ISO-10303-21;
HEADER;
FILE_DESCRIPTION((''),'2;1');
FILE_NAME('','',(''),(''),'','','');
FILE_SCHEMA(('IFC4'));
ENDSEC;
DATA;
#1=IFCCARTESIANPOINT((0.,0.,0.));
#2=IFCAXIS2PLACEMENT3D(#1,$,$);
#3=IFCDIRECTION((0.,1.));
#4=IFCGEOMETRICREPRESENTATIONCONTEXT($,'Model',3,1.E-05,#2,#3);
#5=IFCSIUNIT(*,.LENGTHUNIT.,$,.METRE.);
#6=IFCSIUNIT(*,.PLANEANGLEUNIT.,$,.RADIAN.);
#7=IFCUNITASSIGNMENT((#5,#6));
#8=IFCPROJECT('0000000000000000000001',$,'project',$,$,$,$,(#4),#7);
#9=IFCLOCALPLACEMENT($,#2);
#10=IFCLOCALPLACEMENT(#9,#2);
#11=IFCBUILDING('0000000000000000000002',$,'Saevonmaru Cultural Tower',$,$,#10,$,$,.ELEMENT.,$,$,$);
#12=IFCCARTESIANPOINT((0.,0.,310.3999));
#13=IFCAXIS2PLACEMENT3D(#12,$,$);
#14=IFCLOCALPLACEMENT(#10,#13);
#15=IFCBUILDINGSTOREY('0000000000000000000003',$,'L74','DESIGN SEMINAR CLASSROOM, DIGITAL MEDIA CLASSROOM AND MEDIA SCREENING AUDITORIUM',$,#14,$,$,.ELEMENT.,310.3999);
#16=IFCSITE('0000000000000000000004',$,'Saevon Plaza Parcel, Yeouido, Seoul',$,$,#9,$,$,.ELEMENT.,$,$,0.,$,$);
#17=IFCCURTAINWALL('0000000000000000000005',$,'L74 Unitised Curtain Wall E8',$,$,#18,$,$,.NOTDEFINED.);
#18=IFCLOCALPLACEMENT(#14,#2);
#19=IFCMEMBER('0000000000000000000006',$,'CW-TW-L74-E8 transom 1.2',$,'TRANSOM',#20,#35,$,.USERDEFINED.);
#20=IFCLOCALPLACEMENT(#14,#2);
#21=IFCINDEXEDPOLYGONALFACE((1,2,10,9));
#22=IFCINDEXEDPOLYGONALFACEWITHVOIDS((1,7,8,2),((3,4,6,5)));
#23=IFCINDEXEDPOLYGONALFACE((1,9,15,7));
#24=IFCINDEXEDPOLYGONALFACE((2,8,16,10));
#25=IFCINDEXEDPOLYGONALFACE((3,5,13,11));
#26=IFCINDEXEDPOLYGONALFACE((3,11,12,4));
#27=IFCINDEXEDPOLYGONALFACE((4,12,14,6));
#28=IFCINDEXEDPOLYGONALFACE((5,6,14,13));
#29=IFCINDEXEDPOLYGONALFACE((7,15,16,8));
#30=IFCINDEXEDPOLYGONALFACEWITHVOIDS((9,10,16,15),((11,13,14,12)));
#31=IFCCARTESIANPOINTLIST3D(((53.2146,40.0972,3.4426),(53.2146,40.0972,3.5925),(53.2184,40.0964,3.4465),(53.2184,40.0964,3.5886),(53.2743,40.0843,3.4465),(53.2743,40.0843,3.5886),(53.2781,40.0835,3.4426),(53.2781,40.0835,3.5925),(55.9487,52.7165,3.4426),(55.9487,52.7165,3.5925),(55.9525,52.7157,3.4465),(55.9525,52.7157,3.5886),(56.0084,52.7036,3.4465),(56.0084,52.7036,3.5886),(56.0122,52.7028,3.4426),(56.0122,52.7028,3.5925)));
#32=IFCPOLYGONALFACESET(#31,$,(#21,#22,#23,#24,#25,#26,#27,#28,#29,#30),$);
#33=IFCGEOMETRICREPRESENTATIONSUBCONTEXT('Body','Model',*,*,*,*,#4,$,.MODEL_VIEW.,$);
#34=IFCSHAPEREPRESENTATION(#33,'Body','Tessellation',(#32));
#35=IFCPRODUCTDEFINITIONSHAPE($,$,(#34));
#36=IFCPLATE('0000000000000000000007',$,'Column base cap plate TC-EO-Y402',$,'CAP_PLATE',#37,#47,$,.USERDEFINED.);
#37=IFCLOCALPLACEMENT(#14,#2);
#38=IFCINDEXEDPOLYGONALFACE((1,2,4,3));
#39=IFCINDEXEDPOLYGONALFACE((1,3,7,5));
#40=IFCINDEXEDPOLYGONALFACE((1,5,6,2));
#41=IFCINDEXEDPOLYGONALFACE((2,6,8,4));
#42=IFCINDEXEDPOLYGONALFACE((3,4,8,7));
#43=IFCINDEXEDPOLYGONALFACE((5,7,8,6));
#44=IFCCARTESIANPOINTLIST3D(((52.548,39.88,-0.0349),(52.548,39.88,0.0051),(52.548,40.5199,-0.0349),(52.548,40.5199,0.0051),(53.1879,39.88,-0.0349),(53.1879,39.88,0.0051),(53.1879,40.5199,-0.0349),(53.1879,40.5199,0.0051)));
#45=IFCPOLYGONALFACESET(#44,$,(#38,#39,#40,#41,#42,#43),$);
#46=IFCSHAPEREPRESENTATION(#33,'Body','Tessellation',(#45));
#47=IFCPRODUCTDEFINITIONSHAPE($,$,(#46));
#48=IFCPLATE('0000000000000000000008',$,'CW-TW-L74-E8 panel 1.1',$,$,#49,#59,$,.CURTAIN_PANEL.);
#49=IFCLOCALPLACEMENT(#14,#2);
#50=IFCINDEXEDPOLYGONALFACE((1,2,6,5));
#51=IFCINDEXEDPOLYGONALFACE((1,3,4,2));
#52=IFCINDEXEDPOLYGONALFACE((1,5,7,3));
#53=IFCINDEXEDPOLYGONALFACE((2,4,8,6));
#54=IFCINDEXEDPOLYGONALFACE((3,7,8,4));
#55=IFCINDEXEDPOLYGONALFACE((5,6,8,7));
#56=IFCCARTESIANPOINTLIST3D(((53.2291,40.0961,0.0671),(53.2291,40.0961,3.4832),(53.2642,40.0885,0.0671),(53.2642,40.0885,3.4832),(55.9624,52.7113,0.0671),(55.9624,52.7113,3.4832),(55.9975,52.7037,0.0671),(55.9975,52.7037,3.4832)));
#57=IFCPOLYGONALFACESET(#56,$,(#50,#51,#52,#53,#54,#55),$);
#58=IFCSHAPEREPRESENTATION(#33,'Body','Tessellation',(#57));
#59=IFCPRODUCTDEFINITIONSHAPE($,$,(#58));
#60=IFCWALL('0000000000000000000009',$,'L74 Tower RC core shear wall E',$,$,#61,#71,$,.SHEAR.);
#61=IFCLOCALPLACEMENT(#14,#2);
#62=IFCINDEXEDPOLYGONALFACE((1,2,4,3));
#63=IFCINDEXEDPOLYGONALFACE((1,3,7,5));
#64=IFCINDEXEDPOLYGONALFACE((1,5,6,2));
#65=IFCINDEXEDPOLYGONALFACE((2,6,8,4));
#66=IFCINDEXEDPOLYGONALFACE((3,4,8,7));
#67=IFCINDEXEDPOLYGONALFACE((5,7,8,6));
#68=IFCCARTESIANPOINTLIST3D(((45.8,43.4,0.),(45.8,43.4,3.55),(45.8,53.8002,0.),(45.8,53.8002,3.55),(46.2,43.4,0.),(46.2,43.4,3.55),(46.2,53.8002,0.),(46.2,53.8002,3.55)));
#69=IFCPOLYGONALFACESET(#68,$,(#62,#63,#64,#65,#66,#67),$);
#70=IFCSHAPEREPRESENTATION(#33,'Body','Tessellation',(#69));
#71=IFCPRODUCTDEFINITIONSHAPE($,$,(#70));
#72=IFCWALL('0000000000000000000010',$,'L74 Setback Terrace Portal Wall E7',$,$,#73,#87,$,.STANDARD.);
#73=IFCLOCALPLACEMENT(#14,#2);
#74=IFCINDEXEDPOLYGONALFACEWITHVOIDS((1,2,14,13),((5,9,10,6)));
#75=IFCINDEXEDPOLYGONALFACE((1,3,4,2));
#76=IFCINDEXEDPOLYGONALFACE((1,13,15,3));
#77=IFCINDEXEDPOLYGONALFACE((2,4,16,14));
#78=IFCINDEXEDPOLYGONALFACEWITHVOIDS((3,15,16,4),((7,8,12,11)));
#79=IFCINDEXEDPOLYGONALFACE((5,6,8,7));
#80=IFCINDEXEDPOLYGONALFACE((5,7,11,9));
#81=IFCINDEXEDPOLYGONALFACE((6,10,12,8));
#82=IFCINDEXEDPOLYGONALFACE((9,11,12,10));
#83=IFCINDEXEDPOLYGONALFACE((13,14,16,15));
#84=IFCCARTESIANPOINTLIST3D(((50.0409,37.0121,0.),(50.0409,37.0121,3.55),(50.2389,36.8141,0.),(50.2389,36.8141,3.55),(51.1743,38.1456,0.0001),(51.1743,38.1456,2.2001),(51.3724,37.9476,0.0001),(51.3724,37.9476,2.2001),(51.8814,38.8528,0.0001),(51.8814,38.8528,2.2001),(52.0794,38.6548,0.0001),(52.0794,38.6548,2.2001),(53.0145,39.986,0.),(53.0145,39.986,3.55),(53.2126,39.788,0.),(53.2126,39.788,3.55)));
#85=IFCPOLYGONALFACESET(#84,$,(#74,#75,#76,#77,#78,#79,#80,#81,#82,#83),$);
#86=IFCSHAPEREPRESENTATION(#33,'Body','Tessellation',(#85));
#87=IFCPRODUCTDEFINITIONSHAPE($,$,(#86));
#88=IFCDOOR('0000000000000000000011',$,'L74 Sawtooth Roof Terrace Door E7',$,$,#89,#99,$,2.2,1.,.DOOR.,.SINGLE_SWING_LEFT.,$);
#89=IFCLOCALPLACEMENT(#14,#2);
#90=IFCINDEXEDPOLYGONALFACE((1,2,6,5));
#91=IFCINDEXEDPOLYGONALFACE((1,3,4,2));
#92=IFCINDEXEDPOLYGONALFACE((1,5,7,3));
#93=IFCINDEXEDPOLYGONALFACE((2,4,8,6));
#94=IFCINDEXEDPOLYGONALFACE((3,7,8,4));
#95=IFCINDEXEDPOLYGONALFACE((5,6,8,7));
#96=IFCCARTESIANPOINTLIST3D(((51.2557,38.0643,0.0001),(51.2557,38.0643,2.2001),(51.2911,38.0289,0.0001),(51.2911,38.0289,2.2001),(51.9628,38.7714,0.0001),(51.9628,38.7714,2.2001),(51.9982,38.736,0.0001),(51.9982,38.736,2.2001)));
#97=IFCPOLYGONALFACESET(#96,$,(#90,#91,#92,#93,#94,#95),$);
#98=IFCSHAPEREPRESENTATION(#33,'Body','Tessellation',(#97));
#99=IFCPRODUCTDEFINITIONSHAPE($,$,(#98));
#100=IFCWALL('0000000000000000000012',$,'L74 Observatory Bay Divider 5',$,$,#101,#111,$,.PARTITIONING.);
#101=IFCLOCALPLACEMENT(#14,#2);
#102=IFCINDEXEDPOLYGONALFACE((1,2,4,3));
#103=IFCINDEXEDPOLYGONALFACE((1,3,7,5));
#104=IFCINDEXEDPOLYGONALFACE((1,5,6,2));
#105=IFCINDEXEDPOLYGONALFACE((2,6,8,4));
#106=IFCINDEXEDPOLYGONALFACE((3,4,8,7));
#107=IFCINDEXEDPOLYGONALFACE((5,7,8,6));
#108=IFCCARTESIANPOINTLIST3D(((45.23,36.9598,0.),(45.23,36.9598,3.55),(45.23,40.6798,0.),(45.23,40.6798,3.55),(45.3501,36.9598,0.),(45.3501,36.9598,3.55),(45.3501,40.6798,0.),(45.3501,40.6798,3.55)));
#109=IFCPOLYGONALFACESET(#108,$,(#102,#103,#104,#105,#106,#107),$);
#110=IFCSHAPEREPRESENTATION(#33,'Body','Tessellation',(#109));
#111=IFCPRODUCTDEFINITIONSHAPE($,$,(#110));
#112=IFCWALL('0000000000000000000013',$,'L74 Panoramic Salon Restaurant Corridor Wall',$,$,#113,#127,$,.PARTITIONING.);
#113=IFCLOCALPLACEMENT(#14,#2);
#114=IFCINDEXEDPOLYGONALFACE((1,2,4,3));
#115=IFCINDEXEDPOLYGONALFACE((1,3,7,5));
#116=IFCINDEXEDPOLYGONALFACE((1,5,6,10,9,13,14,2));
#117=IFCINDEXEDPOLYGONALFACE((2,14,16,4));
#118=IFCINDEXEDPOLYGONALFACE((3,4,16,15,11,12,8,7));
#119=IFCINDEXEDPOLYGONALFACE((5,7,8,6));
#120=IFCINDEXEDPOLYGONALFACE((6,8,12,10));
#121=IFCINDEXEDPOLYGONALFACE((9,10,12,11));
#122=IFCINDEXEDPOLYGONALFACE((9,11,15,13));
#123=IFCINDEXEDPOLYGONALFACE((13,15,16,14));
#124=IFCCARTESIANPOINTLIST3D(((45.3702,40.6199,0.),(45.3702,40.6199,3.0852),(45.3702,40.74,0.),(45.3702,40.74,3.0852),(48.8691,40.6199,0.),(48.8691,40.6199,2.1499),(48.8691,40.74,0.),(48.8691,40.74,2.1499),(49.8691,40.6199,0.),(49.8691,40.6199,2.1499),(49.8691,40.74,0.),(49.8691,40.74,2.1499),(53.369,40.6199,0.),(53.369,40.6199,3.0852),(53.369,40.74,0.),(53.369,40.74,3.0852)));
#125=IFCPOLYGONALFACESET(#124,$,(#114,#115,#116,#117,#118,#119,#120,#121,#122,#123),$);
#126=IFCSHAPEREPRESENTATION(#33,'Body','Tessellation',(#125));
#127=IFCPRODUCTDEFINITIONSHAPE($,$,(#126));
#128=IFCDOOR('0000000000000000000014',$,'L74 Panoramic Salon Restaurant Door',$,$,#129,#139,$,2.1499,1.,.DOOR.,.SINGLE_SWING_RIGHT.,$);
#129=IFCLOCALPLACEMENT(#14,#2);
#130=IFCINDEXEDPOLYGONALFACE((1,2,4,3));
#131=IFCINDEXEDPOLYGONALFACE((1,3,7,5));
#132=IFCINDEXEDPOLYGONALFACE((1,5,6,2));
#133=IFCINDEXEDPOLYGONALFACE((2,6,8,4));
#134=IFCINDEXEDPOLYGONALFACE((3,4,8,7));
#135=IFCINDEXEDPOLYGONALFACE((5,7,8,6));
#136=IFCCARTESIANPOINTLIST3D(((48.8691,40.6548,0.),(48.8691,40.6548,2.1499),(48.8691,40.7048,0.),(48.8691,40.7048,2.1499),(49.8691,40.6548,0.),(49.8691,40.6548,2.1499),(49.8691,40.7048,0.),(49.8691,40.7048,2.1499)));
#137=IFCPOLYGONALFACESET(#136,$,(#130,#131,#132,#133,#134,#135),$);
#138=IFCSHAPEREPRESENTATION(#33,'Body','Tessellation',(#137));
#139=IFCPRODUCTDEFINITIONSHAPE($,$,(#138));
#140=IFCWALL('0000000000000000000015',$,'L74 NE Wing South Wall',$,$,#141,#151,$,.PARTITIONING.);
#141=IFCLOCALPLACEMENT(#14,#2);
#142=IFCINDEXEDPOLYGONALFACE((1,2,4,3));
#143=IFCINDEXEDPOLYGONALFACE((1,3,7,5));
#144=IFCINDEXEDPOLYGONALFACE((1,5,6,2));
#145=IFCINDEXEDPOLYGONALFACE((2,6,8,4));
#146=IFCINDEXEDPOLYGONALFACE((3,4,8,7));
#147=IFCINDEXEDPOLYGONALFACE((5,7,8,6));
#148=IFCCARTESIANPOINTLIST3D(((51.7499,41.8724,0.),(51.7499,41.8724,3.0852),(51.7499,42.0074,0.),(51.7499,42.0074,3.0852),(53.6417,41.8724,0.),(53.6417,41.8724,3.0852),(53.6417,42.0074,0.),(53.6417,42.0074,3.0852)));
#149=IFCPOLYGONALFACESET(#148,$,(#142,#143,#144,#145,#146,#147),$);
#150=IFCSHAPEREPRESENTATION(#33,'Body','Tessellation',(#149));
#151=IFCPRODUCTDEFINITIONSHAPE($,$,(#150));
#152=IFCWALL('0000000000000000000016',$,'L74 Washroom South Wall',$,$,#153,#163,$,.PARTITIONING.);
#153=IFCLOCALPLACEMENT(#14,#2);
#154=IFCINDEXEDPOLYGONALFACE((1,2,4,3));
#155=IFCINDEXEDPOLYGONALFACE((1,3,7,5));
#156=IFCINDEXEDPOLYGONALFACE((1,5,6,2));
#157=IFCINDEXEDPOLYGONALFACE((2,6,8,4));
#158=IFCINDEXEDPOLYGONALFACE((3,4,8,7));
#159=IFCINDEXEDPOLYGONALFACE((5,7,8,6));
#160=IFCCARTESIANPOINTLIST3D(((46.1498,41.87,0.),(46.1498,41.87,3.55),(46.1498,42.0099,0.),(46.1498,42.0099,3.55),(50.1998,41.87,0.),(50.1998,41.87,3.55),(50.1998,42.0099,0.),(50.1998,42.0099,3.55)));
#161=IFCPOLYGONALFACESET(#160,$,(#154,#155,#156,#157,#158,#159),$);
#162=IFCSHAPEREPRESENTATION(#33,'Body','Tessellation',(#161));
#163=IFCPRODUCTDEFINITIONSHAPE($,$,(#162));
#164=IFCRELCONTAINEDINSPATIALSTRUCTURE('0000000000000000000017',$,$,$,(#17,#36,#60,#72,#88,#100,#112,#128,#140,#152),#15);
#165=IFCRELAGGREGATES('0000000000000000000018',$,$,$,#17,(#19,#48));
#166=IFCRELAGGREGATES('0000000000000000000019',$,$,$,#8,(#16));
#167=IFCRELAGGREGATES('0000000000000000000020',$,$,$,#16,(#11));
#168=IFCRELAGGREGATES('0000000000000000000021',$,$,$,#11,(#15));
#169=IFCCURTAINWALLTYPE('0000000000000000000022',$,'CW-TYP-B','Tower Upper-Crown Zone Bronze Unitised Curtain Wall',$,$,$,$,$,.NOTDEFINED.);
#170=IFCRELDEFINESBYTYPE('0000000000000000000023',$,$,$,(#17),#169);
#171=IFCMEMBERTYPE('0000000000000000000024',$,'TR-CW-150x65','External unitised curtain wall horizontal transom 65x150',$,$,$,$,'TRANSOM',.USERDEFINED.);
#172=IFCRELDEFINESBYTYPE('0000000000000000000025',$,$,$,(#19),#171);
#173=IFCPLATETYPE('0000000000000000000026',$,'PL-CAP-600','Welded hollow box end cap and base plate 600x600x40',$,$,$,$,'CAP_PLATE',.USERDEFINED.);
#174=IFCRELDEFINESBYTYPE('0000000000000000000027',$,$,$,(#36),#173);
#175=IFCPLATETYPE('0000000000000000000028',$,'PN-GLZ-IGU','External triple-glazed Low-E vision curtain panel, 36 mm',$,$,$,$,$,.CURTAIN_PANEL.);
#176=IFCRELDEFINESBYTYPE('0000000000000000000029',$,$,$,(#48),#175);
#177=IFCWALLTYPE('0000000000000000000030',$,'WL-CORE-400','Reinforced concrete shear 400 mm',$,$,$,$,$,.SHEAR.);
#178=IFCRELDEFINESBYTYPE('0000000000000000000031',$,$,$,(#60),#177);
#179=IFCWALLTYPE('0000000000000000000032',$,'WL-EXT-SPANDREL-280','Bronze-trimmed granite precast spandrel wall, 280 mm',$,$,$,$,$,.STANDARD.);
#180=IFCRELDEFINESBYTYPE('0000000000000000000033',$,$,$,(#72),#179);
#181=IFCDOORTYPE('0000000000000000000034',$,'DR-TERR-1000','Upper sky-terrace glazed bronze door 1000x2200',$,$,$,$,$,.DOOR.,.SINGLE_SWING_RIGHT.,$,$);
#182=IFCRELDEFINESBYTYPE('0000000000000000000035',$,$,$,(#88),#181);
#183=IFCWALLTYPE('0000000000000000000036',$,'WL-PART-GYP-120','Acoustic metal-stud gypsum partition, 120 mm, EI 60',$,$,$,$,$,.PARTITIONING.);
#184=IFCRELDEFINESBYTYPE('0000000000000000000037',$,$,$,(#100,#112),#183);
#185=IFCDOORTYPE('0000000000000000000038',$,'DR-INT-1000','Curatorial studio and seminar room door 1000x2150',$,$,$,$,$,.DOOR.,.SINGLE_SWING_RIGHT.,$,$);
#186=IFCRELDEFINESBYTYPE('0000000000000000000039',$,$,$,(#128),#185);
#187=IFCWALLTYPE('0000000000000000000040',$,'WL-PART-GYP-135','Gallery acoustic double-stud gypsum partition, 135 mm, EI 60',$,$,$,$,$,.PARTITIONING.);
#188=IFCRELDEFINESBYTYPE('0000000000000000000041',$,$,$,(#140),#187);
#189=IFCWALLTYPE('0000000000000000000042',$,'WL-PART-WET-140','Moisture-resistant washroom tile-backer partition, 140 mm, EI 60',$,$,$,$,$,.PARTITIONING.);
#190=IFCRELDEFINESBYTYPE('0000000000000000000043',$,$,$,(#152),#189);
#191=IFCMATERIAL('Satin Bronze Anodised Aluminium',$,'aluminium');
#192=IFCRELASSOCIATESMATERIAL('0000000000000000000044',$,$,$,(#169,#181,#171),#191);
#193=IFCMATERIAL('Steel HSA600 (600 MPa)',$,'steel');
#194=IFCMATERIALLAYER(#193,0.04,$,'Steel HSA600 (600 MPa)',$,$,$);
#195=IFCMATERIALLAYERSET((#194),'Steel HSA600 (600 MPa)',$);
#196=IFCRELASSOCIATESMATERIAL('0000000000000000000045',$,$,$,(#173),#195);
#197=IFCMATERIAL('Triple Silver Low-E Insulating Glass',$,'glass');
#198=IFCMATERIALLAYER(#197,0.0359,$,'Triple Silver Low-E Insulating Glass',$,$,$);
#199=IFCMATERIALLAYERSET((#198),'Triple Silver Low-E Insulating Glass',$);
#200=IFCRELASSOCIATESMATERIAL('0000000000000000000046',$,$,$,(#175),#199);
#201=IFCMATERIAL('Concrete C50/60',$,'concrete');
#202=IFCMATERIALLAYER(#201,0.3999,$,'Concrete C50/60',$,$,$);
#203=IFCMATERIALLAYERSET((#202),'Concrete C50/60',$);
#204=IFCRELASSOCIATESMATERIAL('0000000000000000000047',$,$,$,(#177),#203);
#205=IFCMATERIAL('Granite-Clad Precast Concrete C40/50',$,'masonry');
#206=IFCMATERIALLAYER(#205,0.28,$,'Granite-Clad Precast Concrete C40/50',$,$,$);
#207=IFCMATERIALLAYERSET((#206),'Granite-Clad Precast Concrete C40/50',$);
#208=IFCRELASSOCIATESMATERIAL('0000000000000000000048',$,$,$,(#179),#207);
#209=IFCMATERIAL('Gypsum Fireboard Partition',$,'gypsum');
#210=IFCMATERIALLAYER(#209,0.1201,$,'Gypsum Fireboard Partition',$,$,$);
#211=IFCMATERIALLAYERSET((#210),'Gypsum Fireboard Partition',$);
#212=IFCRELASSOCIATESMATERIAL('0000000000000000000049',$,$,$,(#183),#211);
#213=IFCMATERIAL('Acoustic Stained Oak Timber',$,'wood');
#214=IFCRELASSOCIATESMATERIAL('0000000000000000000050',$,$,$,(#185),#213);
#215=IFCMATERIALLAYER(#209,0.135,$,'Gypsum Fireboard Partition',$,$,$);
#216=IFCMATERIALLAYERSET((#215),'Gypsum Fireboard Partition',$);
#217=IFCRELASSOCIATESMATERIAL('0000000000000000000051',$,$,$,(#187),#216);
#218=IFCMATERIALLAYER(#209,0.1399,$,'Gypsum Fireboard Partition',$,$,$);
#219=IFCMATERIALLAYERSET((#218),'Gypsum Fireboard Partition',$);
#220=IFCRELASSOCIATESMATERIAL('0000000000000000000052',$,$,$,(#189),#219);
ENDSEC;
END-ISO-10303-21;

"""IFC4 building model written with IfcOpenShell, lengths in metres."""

from ifc_helpers import new_model, si_unit, direction, frame, frame_2d, origin, origin_2d, place, context, subcontext, project, spatial, rectangle, hollow_rectangle, extrude, material, layer, layer_set, material_profile, profile_set, type_object, element, fill, aggregate, save


model = new_model("IFC4")

# Units and contexts
model_context = context("Model", 3, precision=1e-05, world=origin(), true_north=direction((0.0, 1.0)))
body_context = subcontext(model_context, "Body", "Model", "MODEL_VIEW")
ifc_project = project(units=[si_unit("LENGTHUNIT", "METRE"), si_unit("PLANEANGLEUNIT", "RADIAN")], contexts=[model_context])

# Site, building, storey
site_placement = place(None, origin())
site = spatial("IfcSite", under=ifc_project, at=site_placement, Name="Saevon Plaza Parcel, Yeouido, Seoul", CompositionType="ELEMENT", RefElevation=0.0)
building_placement = place(site_placement, origin())
building = spatial("IfcBuilding", under=site, at=building_placement, Name="Saevonmaru Cultural Tower", CompositionType="ELEMENT")
storey_placement = place(building_placement, frame((0.0, 0.0, 310.3999)))
storey = spatial("IfcBuildingStorey", under=building, at=storey_placement, Name="L74", Description="DESIGN SEMINAR CLASSROOM, DIGITAL MEDIA CLASSROOM AND MEDIA SCREENING AUDITORIUM", CompositionType="ELEMENT", Elevation=310.3999)

# Curtain wall, member
ifc_material_1 = material(Name="Satin Bronze Anodised Aluminium", Category="aluminium")
curtain_wall_type = type_object("IfcCurtainWallType", Name="CW-TYP-B", Description="Tower Upper-Crown Zone Bronze Unitised Curtain Wall", PredefinedType="NOTDEFINED", material=ifc_material_1)
curtain_wall_placement = place(storey_placement, origin())
curtain_wall = element("IfcCurtainWall", 1, at=curtain_wall_placement, inside=storey, type_object=curtain_wall_type, Name="L74 Unitised Curtain Wall E8", PredefinedType="NOTDEFINED")
ifc_material_profile_1 = material_profile(ifc_material_1, hollow_rectangle(XDim=0.0649, YDim=0.1499, WallThickness=0.0039, at=origin_2d()), Name="ALU-TRAN-150x65x4")
ifc_profile_set_1 = profile_set([ifc_material_profile_1], Name="Satin Bronze Anodised Aluminium")
member_type_1 = type_object("IfcMemberType", Name="TR-CW-150x65", Description="External unitised curtain wall horizontal transom 65x150", ElementType="TRANSOM", PredefinedType="USERDEFINED", material=ifc_profile_set_1)
member_1_placement = place(storey_placement, frame((53.2463, 40.0903, 3.5176), z_axis=(0.211748, 0.977324, 0.0), x_axis=(-0.977324, 0.211748, 0.0)))
member_1 = element("IfcMember", 2, at=member_1_placement, type_object=member_type_1, Name="CW-TW-L74-E8 transom 1.2", ObjectType="TRANSOM", PredefinedType="USERDEFINED", context=body_context, shape_type="SweptSolid", body=[
    extrude(hollow_rectangle(XDim=0.0649, YDim=0.1499, WallThickness=0.0039, at=origin_2d()), origin(), (0.0, 0.0, 1.0), 12.9121),
])

# Plates
ifc_material_2 = material(Name="Steel HSA600 (600 MPa)", Category="steel")
ifc_layer_1 = layer(ifc_material_2, 0.04, Name="Steel HSA600 (600 MPa)")
ifc_layer_set_1 = layer_set([ifc_layer_1], Name="Steel HSA600 (600 MPa)")
plate_type_1 = type_object("IfcPlateType", Name="PL-CAP-600", Description="Welded hollow box end cap and base plate 600x600x40", ElementType="CAP_PLATE", PredefinedType="USERDEFINED", material=ifc_layer_set_1)
plate_1_placement = place(storey_placement, frame((52.8679, 40.2, -0.0349), z_axis=(0.0, 0.0, 1.0), x_axis=(1.0, 0.0, 0.0)))
element("IfcPlate", 3, at=plate_1_placement, inside=storey, type_object=plate_type_1, Name="Column base cap plate TC-EO-Y402", ObjectType="CAP_PLATE", PredefinedType="USERDEFINED", context=body_context, shape_type="SweptSolid", body=[
    extrude(rectangle(XDim=0.6399, YDim=0.6399, at=origin_2d()), origin(), (0.0, 0.0, 1.0), 0.04),
])
ifc_material_3 = material(Name="Triple Silver Low-E Insulating Glass", Category="glass")
ifc_layer_2 = layer(ifc_material_3, 0.0359, Name="Triple Silver Low-E Insulating Glass")
ifc_layer_set_2 = layer_set([ifc_layer_2], Name="Triple Silver Low-E Insulating Glass")
plate_type_2 = type_object("IfcPlateType", Name="PN-GLZ-IGU", Description="External triple-glazed Low-E vision curtain panel, 36 mm", PredefinedType="CURTAIN_PANEL", material=ifc_layer_set_2)
plate_2_placement = place(storey_placement, frame((54.6133, 46.3999, 0.0671), z_axis=(0.0, 0.0, 1.0), x_axis=(0.21175, 0.977324, 0.0)))
plate_2 = element("IfcPlate", 4, at=plate_2_placement, type_object=plate_type_2, Name="CW-TW-L74-E8 panel 1.1", PredefinedType="CURTAIN_PANEL", context=body_context, shape_type="SweptSolid", body=[
    extrude(rectangle(XDim=12.908, YDim=0.0359, at=origin_2d()), origin(), (0.0, 0.0, 1.0), 3.416),
])
aggregate(curtain_wall, [member_1, plate_2])

# Wall
ifc_material_4 = material(Name="Concrete C50/60", Category="concrete")
ifc_layer_3 = layer(ifc_material_4, 0.3999, Name="Concrete C50/60")
ifc_layer_set_3 = layer_set([ifc_layer_3], Name="Concrete C50/60")
wall_type_1 = type_object("IfcWallType", Name="WL-CORE-400", Description="Reinforced concrete shear 400 mm", PredefinedType="SHEAR", material=ifc_layer_set_3)
wall_1_placement = place(storey_placement, frame((46.0, 43.3999, 0.0), z_axis=(0.0, 0.0, 1.0), x_axis=(0.0, 1.0, 0.0)))
element("IfcWall", 5, at=wall_1_placement, inside=storey, type_object=wall_type_1, Name="L74 Tower RC core shear wall E", PredefinedType="SHEAR", context=body_context, shape_type="SweptSolid", body=[
    extrude(rectangle(XDim=10.4001, YDim=0.3999, at=frame_2d((5.2002, 0.0))), origin(), (0.0, 0.0, 1.0), 3.55),
])

# Wall, opening, door
ifc_material_5 = material(Name="Granite-Clad Precast Concrete C40/50", Category="masonry")
ifc_layer_4 = layer(ifc_material_5, 0.28, Name="Granite-Clad Precast Concrete C40/50")
ifc_layer_set_4 = layer_set([ifc_layer_4], Name="Granite-Clad Precast Concrete C40/50")
wall_type_2 = type_object("IfcWallType", Name="WL-EXT-SPANDREL-280", Description="Bronze-trimmed granite precast spandrel wall, 280 mm", PredefinedType="STANDARD", material=ifc_layer_set_4)
wall_2_placement = place(storey_placement, frame((50.1399, 36.9131, 0.0), z_axis=(0.0, 0.0, 1.0), x_axis=(0.707078, 0.707136, 0.0)))
wall_2 = element("IfcWall", 6, at=wall_2_placement, inside=storey, type_object=wall_type_2, Name="L74 Setback Terrace Portal Wall E7", PredefinedType="STANDARD", context=body_context, shape_type="SweptSolid", body=[
    extrude(rectangle(XDim=4.2056, YDim=0.28, at=frame_2d((2.1028, 0.0))), origin(), (0.0, 0.0, 1.0), 3.55),
])
opening_1_placement = place(wall_2_placement, frame((1.603, 0.0, 0.0)))
opening_1 = element("IfcOpeningElement", 7, at=opening_1_placement, cuts=wall_2, PredefinedType="OPENING", context=body_context, shape_type="SweptSolid", body=[
    extrude(rectangle(XDim=1.0, YDim=2.2, at=frame_2d((0.5, 1.1001))), frame((0.0, 0.1499, 0.0), z_axis=(0.0, -1.0, 0.0), x_axis=(1.0, 0.0, 0.0)), (0.0, 0.0, 1.0), 0.3),
])
door_type_1 = type_object("IfcDoorType", Name="DR-TERR-1000", Description="Upper sky-terrace glazed bronze door 1000x2200", OperationType="SINGLE_SWING_RIGHT", PredefinedType="DOOR", material=ifc_material_1)
door_1_placement = place(opening_1_placement, origin())
door_1 = element("IfcDoor", 8, at=door_1_placement, inside=storey, type_object=door_type_1, Name="L74 Sawtooth Roof Terrace Door E7", OperationType="SINGLE_SWING_LEFT", OverallHeight=2.2, OverallWidth=1.0, PredefinedType="DOOR", context=body_context, shape_type="SweptSolid", body=[
    extrude(rectangle(XDim=1.0, YDim=2.2, at=frame_2d((0.5, 1.1001))), frame((0.0, 0.0249, 0.0), z_axis=(0.0, -1.0, 0.0), x_axis=(1.0, 0.0, 0.0)), (0.0, 0.0, 1.0), 0.05),
])
fill(opening_1, door_1)
ifc_material_6 = material(Name="Gypsum Fireboard Partition", Category="gypsum")

# Wall
ifc_layer_5 = layer(ifc_material_6, 0.1201, Name="Gypsum Fireboard Partition")
ifc_layer_set_5 = layer_set([ifc_layer_5], Name="Gypsum Fireboard Partition")
wall_type_3 = type_object("IfcWallType", Name="WL-PART-GYP-120", Description="Acoustic metal-stud gypsum partition, 120 mm, EI 60", PredefinedType="PARTITIONING", material=ifc_layer_set_5)
wall_3_placement = place(storey_placement, frame((45.29, 36.96, 0.0), z_axis=(0.0, 0.0, 1.0), x_axis=(0.0, 1.0, 0.0)))
element("IfcWall", 9, at=wall_3_placement, inside=storey, type_object=wall_type_3, Name="L74 Observatory Bay Divider 5", PredefinedType="PARTITIONING", context=body_context, shape_type="SweptSolid", body=[
    extrude(rectangle(XDim=3.72, YDim=0.1201, at=frame_2d((1.8599, 0.0))), origin(), (0.0, 0.0, 1.0), 3.55),
])

# Wall, opening, door
wall_4_placement = place(storey_placement, frame((45.3701, 40.6799, 0.0), z_axis=(0.0, 0.0, 1.0), x_axis=(1.0, 0.0, 0.0)))
wall_4 = element("IfcWall", 10, at=wall_4_placement, inside=storey, type_object=wall_type_3, Name="L74 Panoramic Salon Restaurant Corridor Wall", PredefinedType="PARTITIONING", context=body_context, shape_type="SweptSolid", body=[
    extrude(rectangle(XDim=7.9988, YDim=0.1201, at=frame_2d((3.9995, 0.0))), origin(), (0.0, 0.0, 1.0), 3.0852),
])
opening_2_placement = place(wall_4_placement, frame((3.499, 0.0, 0.0)))
opening_2 = element("IfcOpeningElement", 11, at=opening_2_placement, cuts=wall_4, PredefinedType="OPENING", context=body_context, shape_type="SweptSolid", body=[
    extrude(rectangle(XDim=1.0, YDim=2.1499, at=frame_2d((0.5, 1.075))), frame((0.0, 0.0701, 0.0), z_axis=(0.0, -1.0, 0.0), x_axis=(1.0, 0.0, 0.0)), (0.0, 0.0, 1.0), 0.1401),
])
ifc_material_7 = material(Name="Acoustic Stained Oak Timber", Category="wood")
door_type_2 = type_object("IfcDoorType", Name="DR-INT-1000", Description="Curatorial studio and seminar room door 1000x2150", OperationType="SINGLE_SWING_RIGHT", PredefinedType="DOOR", material=ifc_material_7)
door_2_placement = place(opening_2_placement, origin())
door_2 = element("IfcDoor", 12, at=door_2_placement, inside=storey, type_object=door_type_2, Name="L74 Panoramic Salon Restaurant Door", OperationType="SINGLE_SWING_RIGHT", OverallHeight=2.1499, OverallWidth=1.0, PredefinedType="DOOR", context=body_context, shape_type="SweptSolid", body=[
    extrude(rectangle(XDim=1.0, YDim=2.1499, at=frame_2d((0.5, 1.075))), frame((0.0, 0.0249, 0.0), z_axis=(0.0, -1.0, 0.0), x_axis=(1.0, 0.0, 0.0)), (0.0, 0.0, 1.0), 0.05),
])
fill(opening_2, door_2)

# Walls
ifc_layer_6 = layer(ifc_material_6, 0.135, Name="Gypsum Fireboard Partition")
ifc_layer_set_6 = layer_set([ifc_layer_6], Name="Gypsum Fireboard Partition")
wall_type_4 = type_object("IfcWallType", Name="WL-PART-GYP-135", Description="Gallery acoustic double-stud gypsum partition, 135 mm, EI 60", PredefinedType="PARTITIONING", material=ifc_layer_set_6)
wall_5_placement = place(storey_placement, frame((51.75, 41.9399, 0.0), z_axis=(0.0, 0.0, 1.0), x_axis=(1.0, 0.0, 0.0)))
element("IfcWall", 13, at=wall_5_placement, inside=storey, type_object=wall_type_4, Name="L74 NE Wing South Wall", PredefinedType="PARTITIONING", context=body_context, shape_type="SweptSolid", body=[
    extrude(rectangle(XDim=1.8918, YDim=0.135, at=frame_2d((0.9458, 0.0))), origin(), (0.0, 0.0, 1.0), 3.0852),
])
ifc_layer_7 = layer(ifc_material_6, 0.1399, Name="Gypsum Fireboard Partition")
ifc_layer_set_7 = layer_set([ifc_layer_7], Name="Gypsum Fireboard Partition")
wall_type_5 = type_object("IfcWallType", Name="WL-PART-WET-140", Description="Moisture-resistant washroom tile-backer partition, 140 mm, EI 60", PredefinedType="PARTITIONING", material=ifc_layer_set_7)
wall_6_placement = place(storey_placement, frame((46.1499, 41.9399, 0.0), z_axis=(0.0, 0.0, 1.0), x_axis=(1.0, 0.0, 0.0)))
element("IfcWall", 14, at=wall_6_placement, inside=storey, type_object=wall_type_5, Name="L74 Washroom South Wall", PredefinedType="PARTITIONING", context=body_context, shape_type="SweptSolid", body=[
    extrude(rectangle(XDim=4.05, YDim=0.1399, at=frame_2d((2.0249, 0.0))), origin(), (0.0, 0.0, 1.0), 3.55),
])

save(model, "model.ifc")
